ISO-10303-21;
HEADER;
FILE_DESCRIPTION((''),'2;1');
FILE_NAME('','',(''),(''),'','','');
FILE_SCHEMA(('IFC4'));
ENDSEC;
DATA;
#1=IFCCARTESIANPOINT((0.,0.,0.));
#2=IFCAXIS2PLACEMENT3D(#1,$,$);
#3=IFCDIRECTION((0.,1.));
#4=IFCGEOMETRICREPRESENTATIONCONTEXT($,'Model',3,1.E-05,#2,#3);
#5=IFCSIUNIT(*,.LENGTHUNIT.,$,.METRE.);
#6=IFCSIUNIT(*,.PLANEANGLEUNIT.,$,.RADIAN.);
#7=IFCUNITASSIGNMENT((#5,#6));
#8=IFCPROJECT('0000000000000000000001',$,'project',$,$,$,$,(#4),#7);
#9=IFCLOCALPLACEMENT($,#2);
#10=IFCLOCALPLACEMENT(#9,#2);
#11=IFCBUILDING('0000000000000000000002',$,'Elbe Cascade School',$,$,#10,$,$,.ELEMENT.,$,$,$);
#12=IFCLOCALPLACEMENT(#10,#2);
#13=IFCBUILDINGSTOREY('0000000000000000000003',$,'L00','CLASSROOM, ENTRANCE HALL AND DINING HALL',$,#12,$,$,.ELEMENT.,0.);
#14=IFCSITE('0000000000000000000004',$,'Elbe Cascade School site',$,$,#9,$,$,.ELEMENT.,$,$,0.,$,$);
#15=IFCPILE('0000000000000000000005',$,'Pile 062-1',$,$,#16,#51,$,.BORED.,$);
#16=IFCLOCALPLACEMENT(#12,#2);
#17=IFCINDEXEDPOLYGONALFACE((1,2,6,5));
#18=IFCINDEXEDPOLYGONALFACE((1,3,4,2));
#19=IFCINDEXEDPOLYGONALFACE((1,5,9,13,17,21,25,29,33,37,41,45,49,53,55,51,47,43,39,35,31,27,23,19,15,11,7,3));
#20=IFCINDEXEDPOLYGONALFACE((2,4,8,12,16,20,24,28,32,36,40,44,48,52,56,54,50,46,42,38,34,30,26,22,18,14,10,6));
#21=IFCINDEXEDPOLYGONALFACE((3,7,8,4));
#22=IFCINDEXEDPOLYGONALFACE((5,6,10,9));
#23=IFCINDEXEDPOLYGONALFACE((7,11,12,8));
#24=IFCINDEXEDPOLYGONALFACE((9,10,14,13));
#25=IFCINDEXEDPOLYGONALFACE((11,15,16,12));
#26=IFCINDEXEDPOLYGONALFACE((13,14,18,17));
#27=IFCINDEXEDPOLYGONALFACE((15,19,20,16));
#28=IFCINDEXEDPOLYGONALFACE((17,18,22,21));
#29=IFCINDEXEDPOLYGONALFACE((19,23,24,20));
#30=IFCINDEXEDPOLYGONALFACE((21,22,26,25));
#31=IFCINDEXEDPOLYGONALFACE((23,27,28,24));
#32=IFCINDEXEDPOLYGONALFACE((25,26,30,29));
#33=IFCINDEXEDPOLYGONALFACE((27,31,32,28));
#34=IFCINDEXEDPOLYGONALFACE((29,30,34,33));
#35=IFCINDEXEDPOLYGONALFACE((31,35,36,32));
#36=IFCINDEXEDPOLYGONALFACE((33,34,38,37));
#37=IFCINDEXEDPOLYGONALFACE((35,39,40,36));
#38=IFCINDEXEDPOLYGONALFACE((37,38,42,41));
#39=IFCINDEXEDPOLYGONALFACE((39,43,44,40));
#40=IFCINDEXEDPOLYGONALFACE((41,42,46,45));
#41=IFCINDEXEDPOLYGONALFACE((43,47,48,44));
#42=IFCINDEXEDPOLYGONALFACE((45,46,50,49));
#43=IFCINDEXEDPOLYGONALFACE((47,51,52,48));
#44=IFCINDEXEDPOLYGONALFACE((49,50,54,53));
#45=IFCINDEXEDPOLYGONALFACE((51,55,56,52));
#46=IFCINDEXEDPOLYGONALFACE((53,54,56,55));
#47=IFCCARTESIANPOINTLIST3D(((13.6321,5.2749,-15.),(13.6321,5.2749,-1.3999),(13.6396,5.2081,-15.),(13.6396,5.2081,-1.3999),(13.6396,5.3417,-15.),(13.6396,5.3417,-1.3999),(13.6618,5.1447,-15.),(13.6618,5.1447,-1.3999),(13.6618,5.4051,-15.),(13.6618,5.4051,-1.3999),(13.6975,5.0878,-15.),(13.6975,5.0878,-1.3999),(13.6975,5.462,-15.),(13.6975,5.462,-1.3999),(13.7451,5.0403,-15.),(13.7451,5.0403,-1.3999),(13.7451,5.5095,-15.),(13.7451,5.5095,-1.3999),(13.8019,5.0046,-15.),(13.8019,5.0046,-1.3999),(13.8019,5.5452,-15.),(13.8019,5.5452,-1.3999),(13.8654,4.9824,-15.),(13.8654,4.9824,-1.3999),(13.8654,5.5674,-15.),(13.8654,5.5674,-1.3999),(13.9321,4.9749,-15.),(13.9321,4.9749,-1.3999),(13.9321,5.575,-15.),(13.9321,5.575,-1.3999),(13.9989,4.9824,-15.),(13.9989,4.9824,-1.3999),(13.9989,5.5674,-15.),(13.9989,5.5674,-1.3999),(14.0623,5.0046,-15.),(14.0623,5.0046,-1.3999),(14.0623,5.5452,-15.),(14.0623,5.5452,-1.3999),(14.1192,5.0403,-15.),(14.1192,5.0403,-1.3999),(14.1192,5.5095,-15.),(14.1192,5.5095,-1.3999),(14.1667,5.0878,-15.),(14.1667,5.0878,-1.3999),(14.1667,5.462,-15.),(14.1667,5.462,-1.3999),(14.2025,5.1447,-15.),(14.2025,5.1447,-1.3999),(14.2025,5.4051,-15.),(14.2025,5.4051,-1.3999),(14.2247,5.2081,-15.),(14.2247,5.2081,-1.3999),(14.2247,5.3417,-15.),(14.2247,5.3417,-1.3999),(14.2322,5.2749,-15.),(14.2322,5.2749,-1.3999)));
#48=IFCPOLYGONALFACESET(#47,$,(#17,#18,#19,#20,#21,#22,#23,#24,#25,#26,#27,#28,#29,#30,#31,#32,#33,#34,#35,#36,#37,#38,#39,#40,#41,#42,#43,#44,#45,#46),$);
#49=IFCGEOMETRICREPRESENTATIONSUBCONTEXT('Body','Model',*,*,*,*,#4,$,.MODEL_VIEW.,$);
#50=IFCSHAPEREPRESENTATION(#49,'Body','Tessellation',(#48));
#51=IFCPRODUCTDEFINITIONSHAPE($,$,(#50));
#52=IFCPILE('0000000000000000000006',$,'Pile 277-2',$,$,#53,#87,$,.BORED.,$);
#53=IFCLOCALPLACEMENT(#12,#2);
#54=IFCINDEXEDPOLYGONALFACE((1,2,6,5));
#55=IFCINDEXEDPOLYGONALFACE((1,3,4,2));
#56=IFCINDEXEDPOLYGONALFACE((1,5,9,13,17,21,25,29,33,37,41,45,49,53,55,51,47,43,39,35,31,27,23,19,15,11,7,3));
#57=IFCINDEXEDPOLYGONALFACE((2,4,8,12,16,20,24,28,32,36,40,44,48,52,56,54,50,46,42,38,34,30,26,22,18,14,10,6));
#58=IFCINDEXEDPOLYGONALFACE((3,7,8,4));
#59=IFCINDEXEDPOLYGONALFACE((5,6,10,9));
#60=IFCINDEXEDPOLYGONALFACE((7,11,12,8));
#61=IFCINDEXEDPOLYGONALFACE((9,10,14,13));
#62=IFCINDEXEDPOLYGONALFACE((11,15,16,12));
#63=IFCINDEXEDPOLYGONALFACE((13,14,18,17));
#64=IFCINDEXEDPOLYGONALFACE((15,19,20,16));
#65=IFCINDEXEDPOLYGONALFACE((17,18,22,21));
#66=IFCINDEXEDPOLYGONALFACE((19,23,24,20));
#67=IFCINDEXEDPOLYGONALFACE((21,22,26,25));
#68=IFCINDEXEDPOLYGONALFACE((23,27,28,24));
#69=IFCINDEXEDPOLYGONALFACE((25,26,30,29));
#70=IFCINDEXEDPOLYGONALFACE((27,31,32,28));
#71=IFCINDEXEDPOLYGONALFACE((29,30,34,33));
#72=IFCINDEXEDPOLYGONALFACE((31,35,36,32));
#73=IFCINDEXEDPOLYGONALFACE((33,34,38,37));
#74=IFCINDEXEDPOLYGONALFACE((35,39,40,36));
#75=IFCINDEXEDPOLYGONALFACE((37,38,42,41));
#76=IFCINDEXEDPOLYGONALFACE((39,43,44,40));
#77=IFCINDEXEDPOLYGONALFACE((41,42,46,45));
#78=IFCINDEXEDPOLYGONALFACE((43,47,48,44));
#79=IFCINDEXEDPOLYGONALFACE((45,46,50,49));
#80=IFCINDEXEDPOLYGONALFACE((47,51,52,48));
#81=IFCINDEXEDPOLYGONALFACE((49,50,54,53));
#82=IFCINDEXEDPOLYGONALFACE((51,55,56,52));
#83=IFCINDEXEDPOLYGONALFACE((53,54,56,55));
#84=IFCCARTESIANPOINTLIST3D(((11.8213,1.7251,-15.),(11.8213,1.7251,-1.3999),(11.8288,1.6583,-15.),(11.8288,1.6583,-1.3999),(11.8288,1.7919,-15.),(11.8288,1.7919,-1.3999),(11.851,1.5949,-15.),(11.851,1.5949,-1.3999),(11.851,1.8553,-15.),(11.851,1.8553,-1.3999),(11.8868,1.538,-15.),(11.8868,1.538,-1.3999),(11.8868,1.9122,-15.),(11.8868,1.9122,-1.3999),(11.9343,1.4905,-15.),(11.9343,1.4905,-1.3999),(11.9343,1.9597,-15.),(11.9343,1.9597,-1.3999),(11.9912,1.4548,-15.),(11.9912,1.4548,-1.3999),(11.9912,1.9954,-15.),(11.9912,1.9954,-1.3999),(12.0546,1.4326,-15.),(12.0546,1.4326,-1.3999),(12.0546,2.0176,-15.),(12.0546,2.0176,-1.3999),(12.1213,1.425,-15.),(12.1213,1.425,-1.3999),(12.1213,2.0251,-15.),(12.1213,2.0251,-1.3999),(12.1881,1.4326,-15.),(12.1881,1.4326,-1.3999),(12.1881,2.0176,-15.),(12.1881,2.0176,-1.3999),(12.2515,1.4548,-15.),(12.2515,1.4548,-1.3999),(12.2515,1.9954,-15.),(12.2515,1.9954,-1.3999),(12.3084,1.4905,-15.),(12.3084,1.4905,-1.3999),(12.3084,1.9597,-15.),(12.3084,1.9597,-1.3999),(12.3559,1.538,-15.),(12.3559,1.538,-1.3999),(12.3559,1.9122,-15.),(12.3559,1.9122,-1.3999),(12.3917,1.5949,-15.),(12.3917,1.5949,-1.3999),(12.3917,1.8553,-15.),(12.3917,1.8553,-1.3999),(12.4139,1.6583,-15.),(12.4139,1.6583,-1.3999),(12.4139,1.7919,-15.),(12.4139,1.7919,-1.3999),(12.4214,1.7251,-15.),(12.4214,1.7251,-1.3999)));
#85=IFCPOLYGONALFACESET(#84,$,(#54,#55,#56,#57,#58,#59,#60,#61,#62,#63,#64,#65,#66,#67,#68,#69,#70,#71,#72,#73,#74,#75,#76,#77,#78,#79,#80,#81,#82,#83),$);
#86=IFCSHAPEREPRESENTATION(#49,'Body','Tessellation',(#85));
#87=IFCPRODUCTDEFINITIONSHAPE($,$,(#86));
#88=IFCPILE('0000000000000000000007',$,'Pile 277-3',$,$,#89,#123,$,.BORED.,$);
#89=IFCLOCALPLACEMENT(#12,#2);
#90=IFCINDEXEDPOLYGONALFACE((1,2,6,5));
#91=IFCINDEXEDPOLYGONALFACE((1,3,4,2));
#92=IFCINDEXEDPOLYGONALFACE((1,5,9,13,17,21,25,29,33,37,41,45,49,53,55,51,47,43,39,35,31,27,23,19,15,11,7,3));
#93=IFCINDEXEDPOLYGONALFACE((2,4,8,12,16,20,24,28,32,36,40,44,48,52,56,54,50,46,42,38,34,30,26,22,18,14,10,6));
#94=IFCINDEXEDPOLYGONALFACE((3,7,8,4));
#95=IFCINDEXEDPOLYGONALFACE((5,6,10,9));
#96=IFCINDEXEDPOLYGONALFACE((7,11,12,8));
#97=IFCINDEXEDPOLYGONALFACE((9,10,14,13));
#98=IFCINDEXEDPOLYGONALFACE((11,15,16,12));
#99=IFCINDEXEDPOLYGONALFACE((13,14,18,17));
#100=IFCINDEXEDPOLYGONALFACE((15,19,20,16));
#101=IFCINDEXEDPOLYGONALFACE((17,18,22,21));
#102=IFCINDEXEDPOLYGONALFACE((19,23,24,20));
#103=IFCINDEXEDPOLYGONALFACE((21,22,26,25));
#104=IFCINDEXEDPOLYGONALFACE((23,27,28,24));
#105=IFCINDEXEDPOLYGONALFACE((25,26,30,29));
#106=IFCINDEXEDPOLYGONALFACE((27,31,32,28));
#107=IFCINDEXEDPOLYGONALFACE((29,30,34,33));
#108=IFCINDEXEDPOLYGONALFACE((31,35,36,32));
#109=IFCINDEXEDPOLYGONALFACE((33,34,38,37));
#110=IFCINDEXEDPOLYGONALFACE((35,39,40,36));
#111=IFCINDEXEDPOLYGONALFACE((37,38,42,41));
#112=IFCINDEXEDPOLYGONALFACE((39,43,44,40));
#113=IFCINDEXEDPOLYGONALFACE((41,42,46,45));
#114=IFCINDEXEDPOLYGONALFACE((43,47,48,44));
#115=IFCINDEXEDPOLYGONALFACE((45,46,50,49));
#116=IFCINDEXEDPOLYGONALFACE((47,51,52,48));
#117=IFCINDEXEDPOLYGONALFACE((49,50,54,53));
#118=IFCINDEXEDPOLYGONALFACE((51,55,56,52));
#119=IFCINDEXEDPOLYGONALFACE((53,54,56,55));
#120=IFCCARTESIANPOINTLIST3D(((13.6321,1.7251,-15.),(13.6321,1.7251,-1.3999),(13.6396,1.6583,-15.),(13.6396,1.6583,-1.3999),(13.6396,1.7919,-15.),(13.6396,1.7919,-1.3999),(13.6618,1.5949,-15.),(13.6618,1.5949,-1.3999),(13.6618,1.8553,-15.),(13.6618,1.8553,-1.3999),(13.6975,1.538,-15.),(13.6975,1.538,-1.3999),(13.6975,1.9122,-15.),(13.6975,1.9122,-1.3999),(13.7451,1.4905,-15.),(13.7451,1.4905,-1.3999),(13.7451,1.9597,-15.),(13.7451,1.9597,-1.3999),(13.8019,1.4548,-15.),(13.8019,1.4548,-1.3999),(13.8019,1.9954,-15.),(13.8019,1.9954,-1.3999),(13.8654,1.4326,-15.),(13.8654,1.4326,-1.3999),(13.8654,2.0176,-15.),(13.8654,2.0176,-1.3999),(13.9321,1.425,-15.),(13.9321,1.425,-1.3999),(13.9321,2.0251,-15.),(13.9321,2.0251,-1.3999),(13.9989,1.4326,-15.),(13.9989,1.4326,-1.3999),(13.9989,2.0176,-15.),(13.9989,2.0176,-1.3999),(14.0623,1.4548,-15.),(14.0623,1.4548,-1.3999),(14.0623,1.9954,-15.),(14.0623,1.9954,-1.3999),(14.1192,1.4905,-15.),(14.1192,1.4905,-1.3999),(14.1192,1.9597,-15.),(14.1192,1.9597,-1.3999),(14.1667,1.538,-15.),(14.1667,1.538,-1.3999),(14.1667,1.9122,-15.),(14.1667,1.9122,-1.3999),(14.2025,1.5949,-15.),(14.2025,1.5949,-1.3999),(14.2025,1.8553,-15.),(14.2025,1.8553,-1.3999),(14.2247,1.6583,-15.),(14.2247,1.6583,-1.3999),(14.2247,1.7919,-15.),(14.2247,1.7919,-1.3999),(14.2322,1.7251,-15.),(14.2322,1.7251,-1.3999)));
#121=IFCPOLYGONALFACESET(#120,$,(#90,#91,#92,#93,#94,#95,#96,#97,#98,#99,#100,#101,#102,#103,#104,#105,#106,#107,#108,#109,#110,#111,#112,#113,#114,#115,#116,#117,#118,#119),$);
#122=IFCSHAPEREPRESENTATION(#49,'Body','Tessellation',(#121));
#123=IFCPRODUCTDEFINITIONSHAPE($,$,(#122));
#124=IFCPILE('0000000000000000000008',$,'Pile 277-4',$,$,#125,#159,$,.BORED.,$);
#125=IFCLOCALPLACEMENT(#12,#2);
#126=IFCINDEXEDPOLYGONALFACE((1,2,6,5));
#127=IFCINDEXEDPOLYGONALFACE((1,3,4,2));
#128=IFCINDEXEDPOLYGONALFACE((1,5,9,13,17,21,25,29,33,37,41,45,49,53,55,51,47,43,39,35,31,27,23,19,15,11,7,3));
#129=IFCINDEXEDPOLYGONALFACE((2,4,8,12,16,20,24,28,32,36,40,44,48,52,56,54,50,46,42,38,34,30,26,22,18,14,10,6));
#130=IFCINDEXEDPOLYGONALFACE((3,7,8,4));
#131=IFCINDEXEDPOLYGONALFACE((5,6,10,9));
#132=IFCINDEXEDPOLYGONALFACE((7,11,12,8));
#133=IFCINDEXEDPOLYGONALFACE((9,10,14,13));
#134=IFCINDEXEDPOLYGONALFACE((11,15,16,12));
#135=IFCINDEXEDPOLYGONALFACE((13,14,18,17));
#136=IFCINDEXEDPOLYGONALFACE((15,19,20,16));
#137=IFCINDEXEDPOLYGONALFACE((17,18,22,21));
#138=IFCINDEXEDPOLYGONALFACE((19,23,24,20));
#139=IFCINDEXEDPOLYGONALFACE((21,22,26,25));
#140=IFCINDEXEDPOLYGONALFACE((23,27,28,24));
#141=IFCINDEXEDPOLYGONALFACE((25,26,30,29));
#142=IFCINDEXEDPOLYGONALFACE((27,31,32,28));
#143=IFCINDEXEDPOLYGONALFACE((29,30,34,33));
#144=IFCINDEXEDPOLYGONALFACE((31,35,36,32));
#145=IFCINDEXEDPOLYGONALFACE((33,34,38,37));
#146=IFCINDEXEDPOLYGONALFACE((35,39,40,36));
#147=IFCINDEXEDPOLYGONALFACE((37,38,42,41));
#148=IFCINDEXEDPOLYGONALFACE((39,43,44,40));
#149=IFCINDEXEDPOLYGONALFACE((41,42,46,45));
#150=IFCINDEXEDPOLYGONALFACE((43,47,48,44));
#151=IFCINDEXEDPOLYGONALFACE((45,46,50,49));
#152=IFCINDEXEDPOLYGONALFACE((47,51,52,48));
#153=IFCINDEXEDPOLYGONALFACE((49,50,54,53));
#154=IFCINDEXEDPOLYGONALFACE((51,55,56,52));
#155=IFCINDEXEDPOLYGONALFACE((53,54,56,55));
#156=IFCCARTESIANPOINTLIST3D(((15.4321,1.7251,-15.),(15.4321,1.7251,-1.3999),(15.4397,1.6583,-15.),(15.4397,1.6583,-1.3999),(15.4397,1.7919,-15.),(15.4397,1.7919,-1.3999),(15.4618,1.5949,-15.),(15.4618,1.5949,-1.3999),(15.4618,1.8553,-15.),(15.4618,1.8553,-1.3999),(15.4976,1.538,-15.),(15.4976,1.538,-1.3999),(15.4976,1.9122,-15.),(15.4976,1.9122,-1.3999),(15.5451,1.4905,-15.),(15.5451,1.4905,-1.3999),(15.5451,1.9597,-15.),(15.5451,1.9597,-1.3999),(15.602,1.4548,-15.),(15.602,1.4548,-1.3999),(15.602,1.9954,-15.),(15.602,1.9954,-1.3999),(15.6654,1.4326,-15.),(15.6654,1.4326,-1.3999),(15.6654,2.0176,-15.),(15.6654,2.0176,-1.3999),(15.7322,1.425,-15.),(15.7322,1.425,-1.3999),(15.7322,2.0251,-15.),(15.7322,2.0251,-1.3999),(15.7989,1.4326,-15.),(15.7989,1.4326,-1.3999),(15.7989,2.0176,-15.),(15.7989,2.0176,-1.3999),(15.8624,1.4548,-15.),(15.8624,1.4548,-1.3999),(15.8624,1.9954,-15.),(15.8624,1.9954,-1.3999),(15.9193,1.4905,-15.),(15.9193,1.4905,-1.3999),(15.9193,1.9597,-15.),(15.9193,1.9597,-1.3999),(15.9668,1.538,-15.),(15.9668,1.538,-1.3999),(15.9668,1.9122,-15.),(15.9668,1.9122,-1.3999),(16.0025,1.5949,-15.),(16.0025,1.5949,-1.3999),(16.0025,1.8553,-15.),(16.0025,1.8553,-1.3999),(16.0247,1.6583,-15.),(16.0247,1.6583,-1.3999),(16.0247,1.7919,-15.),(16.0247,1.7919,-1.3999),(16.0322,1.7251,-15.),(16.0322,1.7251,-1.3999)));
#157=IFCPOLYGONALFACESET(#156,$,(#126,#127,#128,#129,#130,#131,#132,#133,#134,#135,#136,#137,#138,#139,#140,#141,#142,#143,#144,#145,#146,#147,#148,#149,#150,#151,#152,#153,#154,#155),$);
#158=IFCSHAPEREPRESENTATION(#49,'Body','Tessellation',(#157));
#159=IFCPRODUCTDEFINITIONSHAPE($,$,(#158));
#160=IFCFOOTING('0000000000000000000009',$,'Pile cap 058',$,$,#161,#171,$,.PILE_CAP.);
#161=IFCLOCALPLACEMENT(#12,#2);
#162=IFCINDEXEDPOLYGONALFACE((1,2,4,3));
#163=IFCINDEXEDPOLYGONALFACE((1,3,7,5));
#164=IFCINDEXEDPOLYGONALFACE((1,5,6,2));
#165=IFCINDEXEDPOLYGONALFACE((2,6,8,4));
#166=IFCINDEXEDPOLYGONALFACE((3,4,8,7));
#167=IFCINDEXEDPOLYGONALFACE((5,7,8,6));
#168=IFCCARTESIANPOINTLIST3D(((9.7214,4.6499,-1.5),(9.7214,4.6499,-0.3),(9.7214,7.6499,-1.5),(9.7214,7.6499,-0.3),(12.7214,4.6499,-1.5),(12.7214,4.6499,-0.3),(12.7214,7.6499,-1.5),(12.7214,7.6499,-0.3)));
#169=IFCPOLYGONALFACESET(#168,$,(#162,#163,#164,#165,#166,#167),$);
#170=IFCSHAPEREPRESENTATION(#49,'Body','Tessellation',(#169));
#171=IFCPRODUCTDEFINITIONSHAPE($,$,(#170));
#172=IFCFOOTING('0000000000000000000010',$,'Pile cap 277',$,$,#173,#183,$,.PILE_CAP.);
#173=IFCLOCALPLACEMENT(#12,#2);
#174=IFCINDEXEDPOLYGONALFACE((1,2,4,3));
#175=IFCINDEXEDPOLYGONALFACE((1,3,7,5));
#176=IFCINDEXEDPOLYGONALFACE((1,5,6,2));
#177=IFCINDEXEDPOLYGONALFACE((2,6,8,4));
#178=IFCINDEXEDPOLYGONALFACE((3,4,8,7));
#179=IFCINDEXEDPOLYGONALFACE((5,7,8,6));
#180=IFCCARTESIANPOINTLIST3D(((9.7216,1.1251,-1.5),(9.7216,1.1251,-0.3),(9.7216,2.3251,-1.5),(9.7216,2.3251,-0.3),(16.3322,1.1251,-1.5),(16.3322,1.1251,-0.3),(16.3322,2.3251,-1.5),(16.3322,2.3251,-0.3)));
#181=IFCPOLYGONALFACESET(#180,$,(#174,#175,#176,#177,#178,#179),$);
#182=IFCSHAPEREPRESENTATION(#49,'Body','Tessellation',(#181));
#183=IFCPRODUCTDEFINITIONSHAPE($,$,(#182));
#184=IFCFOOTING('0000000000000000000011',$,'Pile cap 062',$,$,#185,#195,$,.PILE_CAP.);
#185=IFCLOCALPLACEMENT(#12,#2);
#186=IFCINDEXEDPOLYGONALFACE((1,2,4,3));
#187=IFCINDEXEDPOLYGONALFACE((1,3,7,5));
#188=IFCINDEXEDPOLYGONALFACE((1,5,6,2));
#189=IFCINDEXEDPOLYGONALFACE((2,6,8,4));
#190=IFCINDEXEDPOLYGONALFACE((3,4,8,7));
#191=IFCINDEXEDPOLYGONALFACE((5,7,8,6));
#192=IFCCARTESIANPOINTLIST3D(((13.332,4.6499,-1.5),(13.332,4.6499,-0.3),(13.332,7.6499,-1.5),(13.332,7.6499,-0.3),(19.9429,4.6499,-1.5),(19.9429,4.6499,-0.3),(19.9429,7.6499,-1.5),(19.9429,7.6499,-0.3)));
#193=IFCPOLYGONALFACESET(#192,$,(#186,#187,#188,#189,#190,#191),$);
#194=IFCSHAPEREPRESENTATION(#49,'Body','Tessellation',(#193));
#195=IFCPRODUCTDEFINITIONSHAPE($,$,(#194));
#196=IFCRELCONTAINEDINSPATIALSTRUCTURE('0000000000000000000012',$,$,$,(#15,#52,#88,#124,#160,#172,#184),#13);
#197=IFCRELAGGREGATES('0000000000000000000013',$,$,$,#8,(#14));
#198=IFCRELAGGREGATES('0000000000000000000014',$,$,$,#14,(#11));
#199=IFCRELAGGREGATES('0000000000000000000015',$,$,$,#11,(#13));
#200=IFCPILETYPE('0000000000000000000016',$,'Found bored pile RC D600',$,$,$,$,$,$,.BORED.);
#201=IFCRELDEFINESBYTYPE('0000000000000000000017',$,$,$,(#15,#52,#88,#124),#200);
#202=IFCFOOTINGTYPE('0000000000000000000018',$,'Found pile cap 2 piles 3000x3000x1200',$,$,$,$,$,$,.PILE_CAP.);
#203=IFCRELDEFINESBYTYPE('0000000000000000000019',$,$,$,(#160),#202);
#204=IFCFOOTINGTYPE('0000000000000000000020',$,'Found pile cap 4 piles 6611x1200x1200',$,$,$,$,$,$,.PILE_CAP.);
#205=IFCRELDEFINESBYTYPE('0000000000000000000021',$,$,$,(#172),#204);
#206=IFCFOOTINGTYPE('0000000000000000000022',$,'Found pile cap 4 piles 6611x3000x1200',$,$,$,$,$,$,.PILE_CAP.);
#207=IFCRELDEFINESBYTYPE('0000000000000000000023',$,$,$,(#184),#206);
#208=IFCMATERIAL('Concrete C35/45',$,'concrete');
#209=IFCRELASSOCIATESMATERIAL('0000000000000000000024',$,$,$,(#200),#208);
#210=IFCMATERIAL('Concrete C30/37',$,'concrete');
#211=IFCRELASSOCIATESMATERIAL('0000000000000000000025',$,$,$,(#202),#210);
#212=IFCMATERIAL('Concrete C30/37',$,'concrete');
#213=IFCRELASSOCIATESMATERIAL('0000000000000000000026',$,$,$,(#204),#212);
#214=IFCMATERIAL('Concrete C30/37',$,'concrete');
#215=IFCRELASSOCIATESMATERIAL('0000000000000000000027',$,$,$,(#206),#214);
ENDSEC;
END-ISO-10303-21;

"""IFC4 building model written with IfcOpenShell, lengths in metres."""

from ifc_helpers import new_model, si_unit, direction, frame, origin, origin_2d, place, context, subcontext, project, spatial, rectangle, circle, extrude, material, material_profile, profile_set, type_object, element, save


model = new_model("IFC4")

# Units and contexts
model_context = context("Model", 3, precision=1e-05, world=origin(), true_north=direction((0.0, 1.0)))
body_context = subcontext(model_context, "Body", "Model", "MODEL_VIEW")
ifc_project = project(units=[si_unit("LENGTHUNIT", "METRE"), si_unit("PLANEANGLEUNIT", "RADIAN")], contexts=[model_context])

# Site, building, storey
site_placement = place(None, origin())
site = spatial("IfcSite", under=ifc_project, at=site_placement, Name="Elbe Cascade School site", CompositionType="ELEMENT", RefElevation=0.0)
building_placement = place(site_placement, origin())
building = spatial("IfcBuilding", under=site, at=building_placement, Name="Elbe Cascade School", CompositionType="ELEMENT")
storey_placement = place(building_placement, origin())
storey = spatial("IfcBuildingStorey", under=building, at=storey_placement, Name="L00", Description="CLASSROOM, ENTRANCE HALL AND DINING HALL", CompositionType="ELEMENT", Elevation=0.0)

# Piles
ifc_material_1 = material(Name="Concrete C35/45", Category="concrete")
ifc_material_profile_1 = material_profile(ifc_material_1, circle(Radius=0.3, at=origin_2d()), Name="RC D600")
ifc_profile_set_1 = profile_set([ifc_material_profile_1], Name="Concrete C35/45")
pile_type = type_object("IfcPileType", Name="Found bored pile RC D600", PredefinedType="BORED", material=ifc_profile_set_1)
for number, where, z_axis, x_axis, name in (
    (1, (13.9321, 5.2749, -1.3999), (0.0, 0.0, -1.0), (1.0, 0.0, 0.0), "Pile 062-1"),
    (2, (12.1213, 1.7251, -1.3999), (0.0, 0.0, -1.0), (1.0, 0.0, 0.0), "Pile 277-2"),
    (3, (13.9321, 1.7251, -1.3999), (0.0, 0.0, -1.0), (1.0, 0.0, 0.0), "Pile 277-3"),
    (4, (15.7322, 1.7251, -1.3999), (0.0, 0.0, -1.0), (1.0, 0.0, 0.0), "Pile 277-4"),
):
    element("IfcPile", number, at=place(storey_placement, frame(where, z_axis=z_axis, x_axis=x_axis)), inside=storey, type_object=pile_type, Name=name, PredefinedType="BORED", context=body_context, shape_type="SweptSolid", body=[
        extrude(circle(Radius=0.3, at=origin_2d()), origin(), (0.0, 0.0, 1.0), 13.6001),
    ])

# Footings
ifc_material_2 = material(Name="Concrete C30/37", Category="concrete")
footing_type_1 = type_object("IfcFootingType", Name="Found pile cap 2 piles 3000x3000x1200", PredefinedType="PILE_CAP", material=ifc_material_2)
footing_1_placement = place(storey_placement, frame((11.2214, 6.1499, -1.5), z_axis=(0.0, 0.0, 1.0), x_axis=(1.0, 0.0, 0.0)))
element("IfcFooting", 5, at=footing_1_placement, inside=storey, type_object=footing_type_1, Name="Pile cap 058", PredefinedType="PILE_CAP", context=body_context, shape_type="SweptSolid", body=[
    extrude(rectangle(XDim=3.0, YDim=3.0, at=origin_2d()), origin(), (0.0, 0.0, 1.0), 1.2),
])
ifc_material_3 = material(Name="Concrete C30/37", Category="concrete")
footing_type_2 = type_object("IfcFootingType", Name="Found pile cap 4 piles 6611x1200x1200", PredefinedType="PILE_CAP", material=ifc_material_3)
footing_2_placement = place(storey_placement, frame((13.0269, 1.7251, -1.5), z_axis=(0.0, 0.0, 1.0), x_axis=(1.0, 0.0, 0.0)))
element("IfcFooting", 6, at=footing_2_placement, inside=storey, type_object=footing_type_2, Name="Pile cap 277", PredefinedType="PILE_CAP", context=body_context, shape_type="SweptSolid", body=[
    extrude(rectangle(XDim=6.6106, YDim=1.2, at=origin_2d()), origin(), (0.0, 0.0, 1.0), 1.2),
])
ifc_material_4 = material(Name="Concrete C30/37", Category="concrete")
footing_type_3 = type_object("IfcFootingType", Name="Found pile cap 4 piles 6611x3000x1200", PredefinedType="PILE_CAP", material=ifc_material_4)
footing_3_placement = place(storey_placement, frame((16.6375, 6.1499, -1.5), z_axis=(0.0, 0.0, 1.0), x_axis=(1.0, 0.0, 0.0)))
element("IfcFooting", 7, at=footing_3_placement, inside=storey, type_object=footing_type_3, Name="Pile cap 062", PredefinedType="PILE_CAP", context=body_context, shape_type="SweptSolid", body=[
    extrude(rectangle(XDim=6.6108, YDim=3.0, at=origin_2d()), origin(), (0.0, 0.0, 1.0), 1.2),
])

save(model, "model.ifc")
